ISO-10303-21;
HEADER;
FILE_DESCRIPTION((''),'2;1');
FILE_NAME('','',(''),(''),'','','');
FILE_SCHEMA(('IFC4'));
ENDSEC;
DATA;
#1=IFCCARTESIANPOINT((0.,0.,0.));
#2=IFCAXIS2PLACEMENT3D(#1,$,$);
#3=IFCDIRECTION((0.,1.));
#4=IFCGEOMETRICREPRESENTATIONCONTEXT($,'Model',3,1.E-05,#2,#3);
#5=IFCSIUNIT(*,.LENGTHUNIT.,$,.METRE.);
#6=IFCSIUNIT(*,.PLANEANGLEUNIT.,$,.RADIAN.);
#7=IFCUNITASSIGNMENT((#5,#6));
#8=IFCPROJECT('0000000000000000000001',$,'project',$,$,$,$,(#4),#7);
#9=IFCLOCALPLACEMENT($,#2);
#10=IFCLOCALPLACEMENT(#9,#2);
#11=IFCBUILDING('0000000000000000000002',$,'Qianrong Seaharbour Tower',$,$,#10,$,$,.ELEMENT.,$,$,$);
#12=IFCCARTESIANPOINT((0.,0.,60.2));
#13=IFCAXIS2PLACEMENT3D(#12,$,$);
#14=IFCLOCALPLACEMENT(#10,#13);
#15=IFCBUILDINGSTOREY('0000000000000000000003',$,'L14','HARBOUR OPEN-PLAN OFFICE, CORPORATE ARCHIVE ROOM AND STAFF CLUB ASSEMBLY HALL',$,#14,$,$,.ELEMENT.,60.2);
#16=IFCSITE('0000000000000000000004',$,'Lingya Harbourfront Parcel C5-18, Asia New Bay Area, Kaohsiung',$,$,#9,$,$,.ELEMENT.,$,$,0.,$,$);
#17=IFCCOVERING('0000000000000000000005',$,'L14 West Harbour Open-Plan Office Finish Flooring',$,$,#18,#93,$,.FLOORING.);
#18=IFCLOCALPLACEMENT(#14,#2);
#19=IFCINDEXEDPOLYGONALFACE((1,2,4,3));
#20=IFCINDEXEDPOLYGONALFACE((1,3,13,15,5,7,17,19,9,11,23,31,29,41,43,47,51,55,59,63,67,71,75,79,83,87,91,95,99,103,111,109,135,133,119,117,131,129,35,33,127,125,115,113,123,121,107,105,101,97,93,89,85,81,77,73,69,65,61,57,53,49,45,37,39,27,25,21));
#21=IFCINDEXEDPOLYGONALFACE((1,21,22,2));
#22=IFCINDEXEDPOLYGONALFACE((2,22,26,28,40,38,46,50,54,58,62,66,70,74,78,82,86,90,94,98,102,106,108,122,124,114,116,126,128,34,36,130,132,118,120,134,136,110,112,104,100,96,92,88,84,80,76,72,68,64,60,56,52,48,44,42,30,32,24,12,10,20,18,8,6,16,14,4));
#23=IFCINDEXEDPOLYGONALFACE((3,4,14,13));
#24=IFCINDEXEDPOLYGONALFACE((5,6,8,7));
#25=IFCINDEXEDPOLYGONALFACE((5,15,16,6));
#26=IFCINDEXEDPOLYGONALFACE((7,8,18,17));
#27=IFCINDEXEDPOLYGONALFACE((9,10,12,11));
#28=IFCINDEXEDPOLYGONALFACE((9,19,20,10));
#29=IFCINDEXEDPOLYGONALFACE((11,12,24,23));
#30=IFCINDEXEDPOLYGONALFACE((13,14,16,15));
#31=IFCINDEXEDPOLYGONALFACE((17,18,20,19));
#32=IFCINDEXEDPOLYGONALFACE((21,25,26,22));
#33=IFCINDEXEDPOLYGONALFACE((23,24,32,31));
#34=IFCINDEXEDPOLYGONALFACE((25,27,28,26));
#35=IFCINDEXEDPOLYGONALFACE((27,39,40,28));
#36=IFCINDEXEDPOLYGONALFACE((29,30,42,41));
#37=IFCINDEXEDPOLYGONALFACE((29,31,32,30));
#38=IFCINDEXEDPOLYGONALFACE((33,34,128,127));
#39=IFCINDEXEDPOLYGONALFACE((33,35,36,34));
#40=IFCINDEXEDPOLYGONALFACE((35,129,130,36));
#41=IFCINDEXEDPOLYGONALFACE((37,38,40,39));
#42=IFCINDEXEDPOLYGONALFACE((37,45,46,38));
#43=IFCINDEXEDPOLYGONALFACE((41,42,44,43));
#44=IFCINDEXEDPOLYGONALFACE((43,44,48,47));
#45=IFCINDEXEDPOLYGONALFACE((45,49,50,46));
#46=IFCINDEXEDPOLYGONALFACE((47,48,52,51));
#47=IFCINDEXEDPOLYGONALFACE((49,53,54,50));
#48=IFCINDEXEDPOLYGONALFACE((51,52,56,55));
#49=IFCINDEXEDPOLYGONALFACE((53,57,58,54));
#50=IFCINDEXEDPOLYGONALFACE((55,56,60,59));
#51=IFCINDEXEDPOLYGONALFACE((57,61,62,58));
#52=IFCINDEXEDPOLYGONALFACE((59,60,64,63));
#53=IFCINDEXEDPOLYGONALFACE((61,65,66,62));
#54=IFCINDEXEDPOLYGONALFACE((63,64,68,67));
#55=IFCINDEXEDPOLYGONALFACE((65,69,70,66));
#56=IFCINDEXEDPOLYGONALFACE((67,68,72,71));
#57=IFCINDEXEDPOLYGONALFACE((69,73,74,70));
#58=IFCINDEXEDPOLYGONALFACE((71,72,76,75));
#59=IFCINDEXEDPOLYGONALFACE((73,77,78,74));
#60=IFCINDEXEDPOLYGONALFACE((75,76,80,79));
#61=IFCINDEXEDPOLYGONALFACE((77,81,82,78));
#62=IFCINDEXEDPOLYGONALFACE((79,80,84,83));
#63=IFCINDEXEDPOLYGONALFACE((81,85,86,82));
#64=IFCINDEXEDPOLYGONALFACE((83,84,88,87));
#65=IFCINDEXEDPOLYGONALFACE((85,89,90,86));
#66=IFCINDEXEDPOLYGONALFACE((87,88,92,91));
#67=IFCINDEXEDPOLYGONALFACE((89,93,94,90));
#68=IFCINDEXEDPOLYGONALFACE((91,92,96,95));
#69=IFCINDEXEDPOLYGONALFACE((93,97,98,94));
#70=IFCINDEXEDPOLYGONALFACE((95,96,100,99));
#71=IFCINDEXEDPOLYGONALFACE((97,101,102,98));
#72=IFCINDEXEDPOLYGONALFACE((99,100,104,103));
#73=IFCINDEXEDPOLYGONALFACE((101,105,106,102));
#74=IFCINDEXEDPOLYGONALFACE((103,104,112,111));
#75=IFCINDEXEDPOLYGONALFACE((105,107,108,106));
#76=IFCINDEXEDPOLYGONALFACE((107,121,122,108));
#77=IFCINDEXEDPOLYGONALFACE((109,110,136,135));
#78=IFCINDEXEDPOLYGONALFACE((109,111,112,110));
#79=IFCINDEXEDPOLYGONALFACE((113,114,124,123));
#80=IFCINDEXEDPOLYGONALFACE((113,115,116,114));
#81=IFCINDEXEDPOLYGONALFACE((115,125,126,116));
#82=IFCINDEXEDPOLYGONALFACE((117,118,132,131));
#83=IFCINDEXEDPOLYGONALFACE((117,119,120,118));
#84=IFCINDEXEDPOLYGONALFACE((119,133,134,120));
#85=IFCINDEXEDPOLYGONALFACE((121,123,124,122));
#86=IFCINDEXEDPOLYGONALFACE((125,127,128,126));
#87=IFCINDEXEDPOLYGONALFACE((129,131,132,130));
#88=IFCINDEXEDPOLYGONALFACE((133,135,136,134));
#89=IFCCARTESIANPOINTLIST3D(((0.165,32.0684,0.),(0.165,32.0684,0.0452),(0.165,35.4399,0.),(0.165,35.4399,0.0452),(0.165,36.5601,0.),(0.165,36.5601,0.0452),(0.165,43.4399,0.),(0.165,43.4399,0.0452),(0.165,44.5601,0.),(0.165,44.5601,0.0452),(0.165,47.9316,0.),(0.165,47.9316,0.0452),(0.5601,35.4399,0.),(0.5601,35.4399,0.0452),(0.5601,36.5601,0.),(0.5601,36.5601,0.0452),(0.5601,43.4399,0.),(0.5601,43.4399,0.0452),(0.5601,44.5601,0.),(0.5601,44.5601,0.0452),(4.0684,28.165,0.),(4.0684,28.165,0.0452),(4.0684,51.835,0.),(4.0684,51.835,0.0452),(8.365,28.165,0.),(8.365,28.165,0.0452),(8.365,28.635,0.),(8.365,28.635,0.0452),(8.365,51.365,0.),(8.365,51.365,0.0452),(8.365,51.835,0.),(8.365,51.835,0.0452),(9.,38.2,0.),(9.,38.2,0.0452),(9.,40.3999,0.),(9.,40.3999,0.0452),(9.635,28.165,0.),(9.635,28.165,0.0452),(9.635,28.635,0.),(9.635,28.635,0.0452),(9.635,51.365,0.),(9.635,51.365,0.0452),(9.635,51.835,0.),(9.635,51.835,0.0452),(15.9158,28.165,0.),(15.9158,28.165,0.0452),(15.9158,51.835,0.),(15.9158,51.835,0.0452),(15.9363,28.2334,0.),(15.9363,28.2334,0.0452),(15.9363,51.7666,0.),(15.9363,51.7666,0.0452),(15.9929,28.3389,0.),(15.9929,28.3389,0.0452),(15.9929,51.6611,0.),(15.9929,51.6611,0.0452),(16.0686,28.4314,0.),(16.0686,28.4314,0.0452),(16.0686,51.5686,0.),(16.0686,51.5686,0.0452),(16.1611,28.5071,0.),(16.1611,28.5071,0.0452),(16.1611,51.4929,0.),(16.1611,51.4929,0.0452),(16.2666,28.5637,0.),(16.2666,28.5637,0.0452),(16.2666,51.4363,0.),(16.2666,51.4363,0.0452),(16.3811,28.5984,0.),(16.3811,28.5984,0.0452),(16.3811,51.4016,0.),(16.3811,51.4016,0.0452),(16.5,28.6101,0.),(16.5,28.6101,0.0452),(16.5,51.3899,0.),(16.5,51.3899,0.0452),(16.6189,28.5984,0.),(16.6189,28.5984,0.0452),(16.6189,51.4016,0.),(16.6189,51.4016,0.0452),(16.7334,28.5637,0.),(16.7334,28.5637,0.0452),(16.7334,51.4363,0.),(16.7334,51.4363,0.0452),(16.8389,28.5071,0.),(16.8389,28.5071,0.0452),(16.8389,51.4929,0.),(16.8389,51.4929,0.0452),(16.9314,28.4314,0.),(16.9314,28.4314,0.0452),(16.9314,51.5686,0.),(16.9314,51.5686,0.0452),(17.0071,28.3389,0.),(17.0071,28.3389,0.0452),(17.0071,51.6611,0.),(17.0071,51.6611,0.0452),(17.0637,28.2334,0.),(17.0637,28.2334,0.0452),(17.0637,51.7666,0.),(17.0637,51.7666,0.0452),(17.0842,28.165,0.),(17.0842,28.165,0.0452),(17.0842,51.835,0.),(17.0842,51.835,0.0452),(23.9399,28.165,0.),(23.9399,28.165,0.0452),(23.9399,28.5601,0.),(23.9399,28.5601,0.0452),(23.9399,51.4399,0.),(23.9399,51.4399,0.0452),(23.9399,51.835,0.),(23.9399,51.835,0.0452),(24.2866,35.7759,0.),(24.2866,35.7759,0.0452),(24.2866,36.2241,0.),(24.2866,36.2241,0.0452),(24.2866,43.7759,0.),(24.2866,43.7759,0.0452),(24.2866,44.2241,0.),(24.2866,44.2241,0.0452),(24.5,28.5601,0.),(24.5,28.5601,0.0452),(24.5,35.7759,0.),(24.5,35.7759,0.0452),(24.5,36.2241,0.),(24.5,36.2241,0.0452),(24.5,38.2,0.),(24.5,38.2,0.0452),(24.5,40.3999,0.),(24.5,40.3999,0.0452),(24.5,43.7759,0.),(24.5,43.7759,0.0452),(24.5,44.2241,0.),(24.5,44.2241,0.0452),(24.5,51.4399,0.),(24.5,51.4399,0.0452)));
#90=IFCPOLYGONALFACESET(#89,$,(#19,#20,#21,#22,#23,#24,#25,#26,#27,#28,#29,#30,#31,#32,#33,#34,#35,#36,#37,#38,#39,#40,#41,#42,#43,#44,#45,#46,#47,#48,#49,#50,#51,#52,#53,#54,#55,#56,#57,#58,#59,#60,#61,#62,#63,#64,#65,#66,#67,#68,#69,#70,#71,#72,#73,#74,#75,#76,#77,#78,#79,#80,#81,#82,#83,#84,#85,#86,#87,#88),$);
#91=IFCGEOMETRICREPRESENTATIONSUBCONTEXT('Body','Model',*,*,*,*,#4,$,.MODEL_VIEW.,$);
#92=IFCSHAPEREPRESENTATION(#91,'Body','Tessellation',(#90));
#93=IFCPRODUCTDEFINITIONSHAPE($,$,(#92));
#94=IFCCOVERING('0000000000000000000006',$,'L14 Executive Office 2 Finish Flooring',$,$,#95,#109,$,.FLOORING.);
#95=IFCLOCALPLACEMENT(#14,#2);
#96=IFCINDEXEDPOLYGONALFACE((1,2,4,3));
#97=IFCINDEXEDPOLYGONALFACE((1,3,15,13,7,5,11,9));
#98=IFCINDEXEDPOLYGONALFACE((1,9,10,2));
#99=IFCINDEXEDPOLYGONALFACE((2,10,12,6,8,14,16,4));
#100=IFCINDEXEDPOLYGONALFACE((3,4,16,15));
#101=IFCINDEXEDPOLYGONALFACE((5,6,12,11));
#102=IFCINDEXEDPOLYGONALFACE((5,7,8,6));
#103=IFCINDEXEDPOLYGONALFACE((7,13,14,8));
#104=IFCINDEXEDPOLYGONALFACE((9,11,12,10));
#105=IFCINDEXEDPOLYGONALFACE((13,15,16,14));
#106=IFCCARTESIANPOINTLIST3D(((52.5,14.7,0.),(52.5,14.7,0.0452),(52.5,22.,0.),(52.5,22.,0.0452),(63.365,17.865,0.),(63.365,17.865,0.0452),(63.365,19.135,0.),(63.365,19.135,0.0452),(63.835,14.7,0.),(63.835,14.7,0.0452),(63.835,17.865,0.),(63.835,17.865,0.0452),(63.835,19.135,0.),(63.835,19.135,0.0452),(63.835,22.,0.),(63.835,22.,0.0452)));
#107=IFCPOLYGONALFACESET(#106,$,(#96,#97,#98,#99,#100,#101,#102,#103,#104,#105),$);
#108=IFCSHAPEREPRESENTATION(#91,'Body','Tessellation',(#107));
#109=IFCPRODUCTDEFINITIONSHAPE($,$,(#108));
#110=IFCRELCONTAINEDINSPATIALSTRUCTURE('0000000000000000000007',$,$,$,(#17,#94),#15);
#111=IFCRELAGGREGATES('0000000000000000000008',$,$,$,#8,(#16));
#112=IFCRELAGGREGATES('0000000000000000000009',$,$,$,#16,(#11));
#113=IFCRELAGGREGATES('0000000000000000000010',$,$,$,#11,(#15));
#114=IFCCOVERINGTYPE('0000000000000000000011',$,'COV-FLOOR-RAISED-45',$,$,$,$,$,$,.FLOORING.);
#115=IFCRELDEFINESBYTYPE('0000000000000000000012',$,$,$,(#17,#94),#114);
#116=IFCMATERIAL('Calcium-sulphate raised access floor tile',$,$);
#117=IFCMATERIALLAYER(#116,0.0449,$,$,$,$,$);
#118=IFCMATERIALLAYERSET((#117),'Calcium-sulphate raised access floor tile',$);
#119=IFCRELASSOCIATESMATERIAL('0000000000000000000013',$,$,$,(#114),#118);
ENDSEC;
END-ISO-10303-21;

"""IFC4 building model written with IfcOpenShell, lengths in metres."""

from ifc_helpers import new_model, si_unit, direction, frame, origin, place, context, subcontext, project, spatial, polyline, outline, extrude, material, layer, layer_set, type_object, element, save


model = new_model("IFC4")

# Units and contexts
model_context = context("Model", 3, precision=1e-05, world=origin(), true_north=direction((0.0, 1.0)))
body_context = subcontext(model_context, "Body", "Model", "MODEL_VIEW")
ifc_project = project(units=[si_unit("LENGTHUNIT", "METRE"), si_unit("PLANEANGLEUNIT", "RADIAN")], contexts=[model_context])

# Site, building, storey
site_placement = place(None, origin())
site = spatial("IfcSite", under=ifc_project, at=site_placement, Name="Lingya Harbourfront Parcel C5-18, Asia New Bay Area, Kaohsiung", CompositionType="ELEMENT", RefElevation=0.0)
building_placement = place(site_placement, origin())
building = spatial("IfcBuilding", under=site, at=building_placement, Name="Qianrong Seaharbour Tower", CompositionType="ELEMENT")
storey_placement = place(building_placement, frame((0.0, 0.0, 60.2)))
storey = spatial("IfcBuildingStorey", under=building, at=storey_placement, Name="L14", Description="HARBOUR OPEN-PLAN OFFICE, CORPORATE ARCHIVE ROOM AND STAFF CLUB ASSEMBLY HALL", CompositionType="ELEMENT", Elevation=60.2)

# Coverings
ifc_material_1 = material(Name="Calcium-sulphate raised access floor tile")
ifc_layer_1 = layer(ifc_material_1, 0.0449)
ifc_layer_set_1 = layer_set([ifc_layer_1], Name="Calcium-sulphate raised access floor tile")
covering_type_1 = type_object("IfcCoveringType", Name="COV-FLOOR-RAISED-45", PredefinedType="FLOORING", material=ifc_layer_set_1)
covering_1_placement = place(storey_placement, origin())
element("IfcCovering", 1, at=covering_1_placement, inside=storey, type_object=covering_type_1, Name="L14 West Harbour Open-Plan Office Finish Flooring", PredefinedType="FLOORING", context=body_context, shape_type="SweptSolid", body=[
    extrude(outline(polyline([(0.165, 32.0684), (0.165, 35.4399), (0.5601, 35.4399), (0.5601, 36.5601), (0.165, 36.5601), (0.165, 43.4399), (0.5601, 43.4399), (0.5601, 44.5601), (0.165, 44.5601), (0.165, 47.9316), (4.0684, 51.835), (8.365, 51.835), (8.365, 51.365), (9.635, 51.365), (9.635, 51.835), (15.9158, 51.835), (15.9363, 51.7666), (15.9929, 51.6611), (16.0686, 51.5686), (16.1611, 51.4929), (16.2666, 51.4363), (16.3811, 51.4016), (16.5, 51.3899), (16.6189, 51.4016), (16.7334, 51.4363), (16.8389, 51.4929), (16.9314, 51.5686), (17.0071, 51.6611), (17.0637, 51.7666), (17.0842, 51.835), (23.9399, 51.835), (23.9399, 51.4399), (24.5, 51.4399), (24.5, 44.2241), (24.2866, 44.2241), (24.2866, 43.7759), (24.5, 43.7759), (24.5, 40.3999), (9.0, 40.3999), (9.0, 38.2), (24.5, 38.2), (24.5, 36.2241), (24.2866, 36.2241), (24.2866, 35.7759), (24.5, 35.7759), (24.5, 28.5601), (23.9399, 28.5601), (23.9399, 28.165), (17.0842, 28.165), (17.0637, 28.2334), (17.0071, 28.3389), (16.9314, 28.4314), (16.8389, 28.5071), (16.7334, 28.5637), (16.6189, 28.5984), (16.5, 28.6101), (16.3811, 28.5984), (16.2666, 28.5637), (16.1611, 28.5071), (16.0686, 28.4314), (15.9929, 28.3389), (15.9363, 28.2334), (15.9158, 28.165), (9.635, 28.165), (9.635, 28.635), (8.365, 28.635), (8.365, 28.165), (4.0684, 28.165), (0.165, 32.0684)])), origin(), (0.0, 0.0, 1.0), 0.0452),
])
covering_2_placement = place(storey_placement, origin())
element("IfcCovering", 2, at=covering_2_placement, inside=storey, type_object=covering_type_1, Name="L14 Executive Office 2 Finish Flooring", PredefinedType="FLOORING", context=body_context, shape_type="SweptSolid", body=[
    extrude(outline(polyline([(63.835, 22.0), (63.835, 19.135), (63.365, 19.135), (63.365, 17.865), (63.835, 17.865), (63.835, 14.7), (52.5, 14.7), (52.5, 22.0), (63.835, 22.0)])), origin(), (0.0, 0.0, 1.0), 0.0452),
])

save(model, "model.ifc")
